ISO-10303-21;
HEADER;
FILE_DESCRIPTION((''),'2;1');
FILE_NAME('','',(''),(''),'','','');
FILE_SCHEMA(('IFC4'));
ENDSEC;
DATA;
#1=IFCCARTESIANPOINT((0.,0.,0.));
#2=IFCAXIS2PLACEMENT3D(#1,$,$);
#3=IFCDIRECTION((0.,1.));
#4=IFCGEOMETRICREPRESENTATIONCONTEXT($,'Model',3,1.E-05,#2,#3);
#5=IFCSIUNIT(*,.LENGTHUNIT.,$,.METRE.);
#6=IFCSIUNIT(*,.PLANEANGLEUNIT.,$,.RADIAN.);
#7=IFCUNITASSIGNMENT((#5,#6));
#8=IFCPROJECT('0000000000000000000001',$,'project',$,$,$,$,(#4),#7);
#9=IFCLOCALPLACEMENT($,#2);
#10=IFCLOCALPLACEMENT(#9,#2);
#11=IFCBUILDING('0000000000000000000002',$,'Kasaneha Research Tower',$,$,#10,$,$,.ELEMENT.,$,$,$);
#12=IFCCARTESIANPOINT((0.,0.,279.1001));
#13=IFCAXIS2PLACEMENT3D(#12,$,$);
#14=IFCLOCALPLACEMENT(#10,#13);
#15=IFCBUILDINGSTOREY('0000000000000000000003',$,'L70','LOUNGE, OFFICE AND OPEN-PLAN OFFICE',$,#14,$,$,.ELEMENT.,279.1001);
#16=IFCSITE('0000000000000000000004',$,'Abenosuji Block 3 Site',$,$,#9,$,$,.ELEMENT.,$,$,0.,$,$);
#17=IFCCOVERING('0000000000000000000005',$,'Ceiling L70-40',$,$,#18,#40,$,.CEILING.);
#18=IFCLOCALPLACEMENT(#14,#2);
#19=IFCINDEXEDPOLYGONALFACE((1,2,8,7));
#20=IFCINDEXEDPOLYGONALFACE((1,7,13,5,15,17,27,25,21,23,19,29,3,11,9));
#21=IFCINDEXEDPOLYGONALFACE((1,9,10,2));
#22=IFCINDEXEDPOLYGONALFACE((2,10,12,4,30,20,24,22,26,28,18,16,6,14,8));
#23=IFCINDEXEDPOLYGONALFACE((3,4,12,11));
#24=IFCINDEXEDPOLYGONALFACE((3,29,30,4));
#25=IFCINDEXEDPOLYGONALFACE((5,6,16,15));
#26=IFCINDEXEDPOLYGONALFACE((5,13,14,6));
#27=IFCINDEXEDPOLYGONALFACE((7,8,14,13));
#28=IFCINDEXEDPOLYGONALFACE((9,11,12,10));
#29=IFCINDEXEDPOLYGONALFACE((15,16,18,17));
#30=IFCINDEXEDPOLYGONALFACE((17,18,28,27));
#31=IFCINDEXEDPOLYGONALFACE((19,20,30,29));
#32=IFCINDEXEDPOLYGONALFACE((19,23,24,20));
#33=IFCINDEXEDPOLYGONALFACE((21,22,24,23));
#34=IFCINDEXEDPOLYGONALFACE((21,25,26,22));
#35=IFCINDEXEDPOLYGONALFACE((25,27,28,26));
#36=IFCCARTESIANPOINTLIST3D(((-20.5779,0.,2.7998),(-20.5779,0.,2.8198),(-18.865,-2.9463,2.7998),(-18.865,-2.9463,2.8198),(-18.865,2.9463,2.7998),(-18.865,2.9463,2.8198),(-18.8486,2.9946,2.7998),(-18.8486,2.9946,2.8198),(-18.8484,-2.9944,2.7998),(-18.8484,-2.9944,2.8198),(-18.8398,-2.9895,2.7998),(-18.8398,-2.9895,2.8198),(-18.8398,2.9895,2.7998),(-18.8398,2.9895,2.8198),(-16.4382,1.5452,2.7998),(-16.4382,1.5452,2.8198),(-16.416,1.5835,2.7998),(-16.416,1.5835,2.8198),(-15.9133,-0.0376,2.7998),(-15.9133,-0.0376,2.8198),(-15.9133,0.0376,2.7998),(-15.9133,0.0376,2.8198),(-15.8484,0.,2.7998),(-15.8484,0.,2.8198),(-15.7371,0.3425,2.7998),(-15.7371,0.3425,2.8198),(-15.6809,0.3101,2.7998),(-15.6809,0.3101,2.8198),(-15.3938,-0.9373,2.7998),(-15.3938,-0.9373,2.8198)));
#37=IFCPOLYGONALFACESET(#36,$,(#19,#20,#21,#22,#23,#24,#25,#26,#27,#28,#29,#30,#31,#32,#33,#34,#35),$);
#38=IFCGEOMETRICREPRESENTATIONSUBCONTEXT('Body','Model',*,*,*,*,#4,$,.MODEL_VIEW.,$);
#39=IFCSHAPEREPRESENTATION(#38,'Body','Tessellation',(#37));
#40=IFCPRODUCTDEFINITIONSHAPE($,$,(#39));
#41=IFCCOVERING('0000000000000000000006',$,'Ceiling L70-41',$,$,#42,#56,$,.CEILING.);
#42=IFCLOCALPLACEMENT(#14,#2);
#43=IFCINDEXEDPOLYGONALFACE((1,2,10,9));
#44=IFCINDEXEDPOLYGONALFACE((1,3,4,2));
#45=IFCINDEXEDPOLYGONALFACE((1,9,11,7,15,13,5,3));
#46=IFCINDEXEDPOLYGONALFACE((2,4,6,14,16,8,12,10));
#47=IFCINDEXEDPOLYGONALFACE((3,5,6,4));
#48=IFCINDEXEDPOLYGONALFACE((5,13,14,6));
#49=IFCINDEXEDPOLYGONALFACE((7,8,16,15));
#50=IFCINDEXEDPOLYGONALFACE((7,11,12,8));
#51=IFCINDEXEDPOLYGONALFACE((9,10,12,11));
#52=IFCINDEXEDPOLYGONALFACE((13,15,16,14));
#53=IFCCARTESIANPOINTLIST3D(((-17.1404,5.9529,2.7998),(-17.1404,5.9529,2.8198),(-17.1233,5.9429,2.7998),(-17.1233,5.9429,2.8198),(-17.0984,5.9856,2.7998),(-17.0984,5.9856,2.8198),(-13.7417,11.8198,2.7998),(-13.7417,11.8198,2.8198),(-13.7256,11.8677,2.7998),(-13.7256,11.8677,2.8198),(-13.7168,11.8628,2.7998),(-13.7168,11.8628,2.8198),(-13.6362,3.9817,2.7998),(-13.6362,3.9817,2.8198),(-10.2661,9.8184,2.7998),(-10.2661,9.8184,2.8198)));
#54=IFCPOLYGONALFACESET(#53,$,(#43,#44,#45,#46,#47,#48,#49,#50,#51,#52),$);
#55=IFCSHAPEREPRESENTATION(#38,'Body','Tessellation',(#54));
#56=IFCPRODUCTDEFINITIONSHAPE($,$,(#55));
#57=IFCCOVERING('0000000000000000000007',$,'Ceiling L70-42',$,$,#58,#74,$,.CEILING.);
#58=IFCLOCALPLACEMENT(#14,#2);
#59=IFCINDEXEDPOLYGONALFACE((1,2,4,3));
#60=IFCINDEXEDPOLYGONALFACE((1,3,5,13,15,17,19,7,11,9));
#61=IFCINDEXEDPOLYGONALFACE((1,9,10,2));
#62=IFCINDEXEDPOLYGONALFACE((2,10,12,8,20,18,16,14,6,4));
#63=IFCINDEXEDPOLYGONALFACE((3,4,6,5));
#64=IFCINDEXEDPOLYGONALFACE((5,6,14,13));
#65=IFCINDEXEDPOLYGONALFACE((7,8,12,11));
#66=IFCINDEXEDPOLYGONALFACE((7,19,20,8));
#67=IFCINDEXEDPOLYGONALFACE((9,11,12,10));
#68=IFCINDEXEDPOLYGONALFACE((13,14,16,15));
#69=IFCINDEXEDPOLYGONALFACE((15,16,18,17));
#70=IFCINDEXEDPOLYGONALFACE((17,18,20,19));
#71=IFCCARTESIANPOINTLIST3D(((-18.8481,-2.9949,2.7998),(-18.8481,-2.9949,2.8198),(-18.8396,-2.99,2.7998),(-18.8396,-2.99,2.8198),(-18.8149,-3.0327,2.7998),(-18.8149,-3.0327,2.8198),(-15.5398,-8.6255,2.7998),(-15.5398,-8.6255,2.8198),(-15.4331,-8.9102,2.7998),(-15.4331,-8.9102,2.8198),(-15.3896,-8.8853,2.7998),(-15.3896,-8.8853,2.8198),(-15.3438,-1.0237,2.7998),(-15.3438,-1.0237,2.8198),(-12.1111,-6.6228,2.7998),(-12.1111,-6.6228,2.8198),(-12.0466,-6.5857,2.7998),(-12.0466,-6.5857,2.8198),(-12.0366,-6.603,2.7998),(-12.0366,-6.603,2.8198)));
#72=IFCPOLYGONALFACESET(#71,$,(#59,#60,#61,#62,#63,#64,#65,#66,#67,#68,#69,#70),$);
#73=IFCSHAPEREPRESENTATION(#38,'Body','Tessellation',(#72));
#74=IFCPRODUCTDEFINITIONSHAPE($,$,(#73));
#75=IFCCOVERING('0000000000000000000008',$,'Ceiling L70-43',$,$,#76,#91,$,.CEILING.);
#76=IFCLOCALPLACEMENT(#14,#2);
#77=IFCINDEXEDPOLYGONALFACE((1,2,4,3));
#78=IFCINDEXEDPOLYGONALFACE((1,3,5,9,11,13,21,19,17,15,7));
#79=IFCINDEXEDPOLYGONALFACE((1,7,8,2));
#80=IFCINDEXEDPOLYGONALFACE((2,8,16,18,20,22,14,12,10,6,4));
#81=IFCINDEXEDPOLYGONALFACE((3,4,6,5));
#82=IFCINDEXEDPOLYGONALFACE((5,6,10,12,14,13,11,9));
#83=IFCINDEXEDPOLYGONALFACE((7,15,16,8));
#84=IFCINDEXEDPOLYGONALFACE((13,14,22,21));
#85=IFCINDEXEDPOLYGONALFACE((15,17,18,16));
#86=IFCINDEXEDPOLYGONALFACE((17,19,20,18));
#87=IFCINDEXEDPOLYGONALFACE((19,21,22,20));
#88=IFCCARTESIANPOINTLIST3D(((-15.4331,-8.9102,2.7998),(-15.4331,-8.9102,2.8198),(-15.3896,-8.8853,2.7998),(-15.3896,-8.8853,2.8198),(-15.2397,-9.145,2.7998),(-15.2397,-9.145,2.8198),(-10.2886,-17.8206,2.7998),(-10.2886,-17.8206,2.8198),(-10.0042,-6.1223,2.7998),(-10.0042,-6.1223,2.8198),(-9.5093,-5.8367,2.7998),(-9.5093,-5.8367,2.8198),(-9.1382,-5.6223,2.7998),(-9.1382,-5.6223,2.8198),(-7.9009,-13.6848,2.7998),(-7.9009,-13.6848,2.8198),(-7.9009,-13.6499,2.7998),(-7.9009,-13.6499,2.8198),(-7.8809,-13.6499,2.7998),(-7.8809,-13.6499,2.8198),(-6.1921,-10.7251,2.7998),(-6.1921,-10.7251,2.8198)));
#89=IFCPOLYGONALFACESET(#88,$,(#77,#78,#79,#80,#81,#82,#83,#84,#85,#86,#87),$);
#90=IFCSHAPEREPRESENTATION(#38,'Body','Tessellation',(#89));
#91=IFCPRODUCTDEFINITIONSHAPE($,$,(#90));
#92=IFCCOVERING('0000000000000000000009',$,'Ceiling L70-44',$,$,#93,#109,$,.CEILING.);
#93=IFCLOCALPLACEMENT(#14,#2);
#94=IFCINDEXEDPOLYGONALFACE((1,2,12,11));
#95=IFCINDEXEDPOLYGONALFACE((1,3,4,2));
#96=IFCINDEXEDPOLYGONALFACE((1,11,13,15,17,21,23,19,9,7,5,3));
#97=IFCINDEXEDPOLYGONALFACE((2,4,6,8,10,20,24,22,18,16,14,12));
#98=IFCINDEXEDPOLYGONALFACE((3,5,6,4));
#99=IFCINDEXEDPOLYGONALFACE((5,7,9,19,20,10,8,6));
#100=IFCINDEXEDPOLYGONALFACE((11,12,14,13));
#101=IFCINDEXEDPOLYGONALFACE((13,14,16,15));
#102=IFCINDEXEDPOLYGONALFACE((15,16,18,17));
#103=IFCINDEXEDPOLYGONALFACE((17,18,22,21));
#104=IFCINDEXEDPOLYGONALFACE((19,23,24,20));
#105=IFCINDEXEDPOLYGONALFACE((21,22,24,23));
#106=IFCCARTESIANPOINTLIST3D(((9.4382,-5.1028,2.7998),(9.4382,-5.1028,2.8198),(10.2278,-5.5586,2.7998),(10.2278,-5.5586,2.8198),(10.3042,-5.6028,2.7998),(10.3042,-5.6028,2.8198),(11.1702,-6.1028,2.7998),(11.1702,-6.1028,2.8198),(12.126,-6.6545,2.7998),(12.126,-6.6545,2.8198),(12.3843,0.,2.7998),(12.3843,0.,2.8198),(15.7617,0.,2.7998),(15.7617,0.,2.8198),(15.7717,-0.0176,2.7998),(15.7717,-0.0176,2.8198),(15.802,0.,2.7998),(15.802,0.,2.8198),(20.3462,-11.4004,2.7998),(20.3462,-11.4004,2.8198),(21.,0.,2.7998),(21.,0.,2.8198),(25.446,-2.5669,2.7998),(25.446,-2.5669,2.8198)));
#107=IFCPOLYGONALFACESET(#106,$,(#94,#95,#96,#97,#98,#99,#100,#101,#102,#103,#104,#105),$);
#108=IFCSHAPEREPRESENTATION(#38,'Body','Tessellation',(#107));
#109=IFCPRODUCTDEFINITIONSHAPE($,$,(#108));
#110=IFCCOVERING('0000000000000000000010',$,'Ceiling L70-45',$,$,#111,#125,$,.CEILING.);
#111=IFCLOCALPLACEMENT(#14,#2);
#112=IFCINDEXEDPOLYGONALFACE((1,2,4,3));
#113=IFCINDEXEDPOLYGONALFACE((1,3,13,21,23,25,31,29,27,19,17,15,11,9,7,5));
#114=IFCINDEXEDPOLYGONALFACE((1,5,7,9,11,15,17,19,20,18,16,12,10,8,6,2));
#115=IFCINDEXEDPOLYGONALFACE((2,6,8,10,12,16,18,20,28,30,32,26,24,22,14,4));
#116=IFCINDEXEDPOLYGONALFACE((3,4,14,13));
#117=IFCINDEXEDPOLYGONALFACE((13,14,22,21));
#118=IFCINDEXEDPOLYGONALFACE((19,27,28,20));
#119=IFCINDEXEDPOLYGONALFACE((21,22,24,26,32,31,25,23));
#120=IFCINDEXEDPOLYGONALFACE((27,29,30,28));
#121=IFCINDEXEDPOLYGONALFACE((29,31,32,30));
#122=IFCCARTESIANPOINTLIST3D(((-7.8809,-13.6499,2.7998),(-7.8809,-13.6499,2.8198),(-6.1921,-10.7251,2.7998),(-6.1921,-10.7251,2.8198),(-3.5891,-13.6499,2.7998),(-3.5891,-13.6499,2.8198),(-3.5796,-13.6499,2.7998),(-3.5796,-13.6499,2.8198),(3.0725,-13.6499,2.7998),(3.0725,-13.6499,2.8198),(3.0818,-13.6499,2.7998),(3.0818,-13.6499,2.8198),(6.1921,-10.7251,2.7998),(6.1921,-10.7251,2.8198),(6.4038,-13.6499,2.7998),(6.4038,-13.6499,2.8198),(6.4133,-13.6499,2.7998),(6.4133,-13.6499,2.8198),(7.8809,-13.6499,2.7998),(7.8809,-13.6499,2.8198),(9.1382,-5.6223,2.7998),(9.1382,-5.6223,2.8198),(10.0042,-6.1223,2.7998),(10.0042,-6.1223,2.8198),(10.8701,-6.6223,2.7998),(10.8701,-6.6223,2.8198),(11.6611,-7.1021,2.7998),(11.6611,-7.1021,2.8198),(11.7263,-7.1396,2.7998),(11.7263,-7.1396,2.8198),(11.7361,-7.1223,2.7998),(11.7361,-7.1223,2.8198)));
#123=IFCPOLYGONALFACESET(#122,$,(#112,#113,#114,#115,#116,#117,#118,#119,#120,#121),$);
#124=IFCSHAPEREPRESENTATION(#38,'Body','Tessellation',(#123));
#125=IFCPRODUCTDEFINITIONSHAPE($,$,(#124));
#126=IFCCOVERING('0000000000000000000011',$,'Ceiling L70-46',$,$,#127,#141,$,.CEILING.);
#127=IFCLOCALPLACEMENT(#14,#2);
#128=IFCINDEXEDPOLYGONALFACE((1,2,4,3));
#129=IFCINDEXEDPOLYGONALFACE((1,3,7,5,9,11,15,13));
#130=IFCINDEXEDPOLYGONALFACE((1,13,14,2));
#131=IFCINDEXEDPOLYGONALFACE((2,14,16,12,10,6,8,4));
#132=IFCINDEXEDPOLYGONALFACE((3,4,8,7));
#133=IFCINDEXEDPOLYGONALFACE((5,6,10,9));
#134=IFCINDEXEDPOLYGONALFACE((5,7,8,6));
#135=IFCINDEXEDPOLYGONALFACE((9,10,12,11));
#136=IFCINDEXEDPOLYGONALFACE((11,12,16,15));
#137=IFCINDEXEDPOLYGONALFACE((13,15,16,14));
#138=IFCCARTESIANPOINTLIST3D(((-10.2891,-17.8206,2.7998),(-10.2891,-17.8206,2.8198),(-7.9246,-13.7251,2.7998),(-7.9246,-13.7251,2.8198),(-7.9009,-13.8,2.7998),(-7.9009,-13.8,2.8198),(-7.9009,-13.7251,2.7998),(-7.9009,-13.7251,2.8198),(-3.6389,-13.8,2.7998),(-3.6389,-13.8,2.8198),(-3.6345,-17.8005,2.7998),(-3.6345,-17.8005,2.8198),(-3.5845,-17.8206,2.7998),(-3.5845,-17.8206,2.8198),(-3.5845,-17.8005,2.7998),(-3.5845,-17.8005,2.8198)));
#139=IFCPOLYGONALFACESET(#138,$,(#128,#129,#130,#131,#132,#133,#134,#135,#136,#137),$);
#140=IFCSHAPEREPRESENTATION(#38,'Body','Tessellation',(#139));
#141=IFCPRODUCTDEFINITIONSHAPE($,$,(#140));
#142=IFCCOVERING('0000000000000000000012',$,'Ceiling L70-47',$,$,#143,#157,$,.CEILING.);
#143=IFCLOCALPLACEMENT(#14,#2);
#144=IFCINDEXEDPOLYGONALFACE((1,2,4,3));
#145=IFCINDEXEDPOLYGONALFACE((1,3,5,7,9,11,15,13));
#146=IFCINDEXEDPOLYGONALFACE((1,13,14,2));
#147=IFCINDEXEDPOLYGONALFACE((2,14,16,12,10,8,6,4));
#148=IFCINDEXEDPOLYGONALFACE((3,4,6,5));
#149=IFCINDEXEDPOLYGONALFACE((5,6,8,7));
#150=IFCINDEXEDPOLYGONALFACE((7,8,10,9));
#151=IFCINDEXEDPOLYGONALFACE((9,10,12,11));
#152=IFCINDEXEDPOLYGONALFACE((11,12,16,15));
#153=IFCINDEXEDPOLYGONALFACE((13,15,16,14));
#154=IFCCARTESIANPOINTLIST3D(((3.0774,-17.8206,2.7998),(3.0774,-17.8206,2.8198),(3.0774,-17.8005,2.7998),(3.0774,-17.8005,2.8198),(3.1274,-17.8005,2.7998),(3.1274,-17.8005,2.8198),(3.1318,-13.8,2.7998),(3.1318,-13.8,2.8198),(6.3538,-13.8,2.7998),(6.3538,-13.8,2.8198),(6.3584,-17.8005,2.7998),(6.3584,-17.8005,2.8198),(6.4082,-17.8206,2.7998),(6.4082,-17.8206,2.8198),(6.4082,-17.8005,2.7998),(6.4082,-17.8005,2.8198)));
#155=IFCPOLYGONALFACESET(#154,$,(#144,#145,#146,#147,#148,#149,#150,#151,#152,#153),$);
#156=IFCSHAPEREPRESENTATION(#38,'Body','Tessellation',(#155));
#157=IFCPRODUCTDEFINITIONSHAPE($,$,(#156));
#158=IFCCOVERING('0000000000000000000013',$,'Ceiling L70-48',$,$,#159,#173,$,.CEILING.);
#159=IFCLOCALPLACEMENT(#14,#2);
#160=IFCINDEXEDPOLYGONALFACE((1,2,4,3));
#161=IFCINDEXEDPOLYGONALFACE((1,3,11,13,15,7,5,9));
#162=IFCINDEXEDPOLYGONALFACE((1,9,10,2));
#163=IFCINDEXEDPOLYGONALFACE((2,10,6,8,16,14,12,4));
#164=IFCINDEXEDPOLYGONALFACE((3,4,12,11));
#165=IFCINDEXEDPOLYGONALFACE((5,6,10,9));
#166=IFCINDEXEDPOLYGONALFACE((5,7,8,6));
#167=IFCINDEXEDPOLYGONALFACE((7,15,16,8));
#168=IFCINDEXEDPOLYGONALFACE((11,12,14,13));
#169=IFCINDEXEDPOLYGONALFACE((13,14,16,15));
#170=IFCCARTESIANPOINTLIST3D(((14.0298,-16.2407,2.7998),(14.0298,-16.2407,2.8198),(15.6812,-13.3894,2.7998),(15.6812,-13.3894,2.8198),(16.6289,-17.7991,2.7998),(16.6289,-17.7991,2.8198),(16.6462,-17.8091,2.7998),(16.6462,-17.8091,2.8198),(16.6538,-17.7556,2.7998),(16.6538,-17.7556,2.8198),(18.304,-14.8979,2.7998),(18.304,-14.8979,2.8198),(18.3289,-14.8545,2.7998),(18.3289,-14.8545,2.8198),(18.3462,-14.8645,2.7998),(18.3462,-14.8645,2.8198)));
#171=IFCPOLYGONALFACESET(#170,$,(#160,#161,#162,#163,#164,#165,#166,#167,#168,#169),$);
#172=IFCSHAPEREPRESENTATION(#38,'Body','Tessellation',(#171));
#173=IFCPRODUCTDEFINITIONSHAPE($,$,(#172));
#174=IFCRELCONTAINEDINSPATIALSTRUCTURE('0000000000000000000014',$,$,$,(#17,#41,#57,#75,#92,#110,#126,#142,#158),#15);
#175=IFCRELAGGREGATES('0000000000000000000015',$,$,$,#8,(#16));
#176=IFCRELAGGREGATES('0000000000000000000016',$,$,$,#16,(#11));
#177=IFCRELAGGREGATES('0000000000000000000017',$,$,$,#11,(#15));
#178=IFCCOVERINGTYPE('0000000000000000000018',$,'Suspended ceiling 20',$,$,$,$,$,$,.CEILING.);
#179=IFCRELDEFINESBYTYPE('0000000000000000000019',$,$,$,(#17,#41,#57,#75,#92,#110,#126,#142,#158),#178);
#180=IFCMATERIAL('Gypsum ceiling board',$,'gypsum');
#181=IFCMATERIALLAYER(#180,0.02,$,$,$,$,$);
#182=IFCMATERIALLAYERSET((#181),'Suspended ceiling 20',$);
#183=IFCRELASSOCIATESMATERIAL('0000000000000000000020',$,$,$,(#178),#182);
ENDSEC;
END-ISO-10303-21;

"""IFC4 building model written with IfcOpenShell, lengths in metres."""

from ifc_helpers import new_model, si_unit, direction, frame, origin, place, context, subcontext, project, spatial, polyline, outline, extrude, material, layer, layer_set, type_object, element, save


model = new_model("IFC4")

# Units and contexts
model_context = context("Model", 3, precision=1e-05, world=origin(), true_north=direction((0.0, 1.0)))
body_context = subcontext(model_context, "Body", "Model", "MODEL_VIEW")
ifc_project = project(units=[si_unit("LENGTHUNIT", "METRE"), si_unit("PLANEANGLEUNIT", "RADIAN")], contexts=[model_context])

# Site, building, storey
site_placement = place(None, origin())
site = spatial("IfcSite", under=ifc_project, at=site_placement, Name="Abenosuji Block 3 Site", CompositionType="ELEMENT", RefElevation=0.0)
building_placement = place(site_placement, origin())
building = spatial("IfcBuilding", under=site, at=building_placement, Name="Kasaneha Research Tower", CompositionType="ELEMENT")
storey_placement = place(building_placement, frame((0.0, 0.0, 279.1001)))
storey = spatial("IfcBuildingStorey", under=building, at=storey_placement, Name="L70", Description="LOUNGE, OFFICE AND OPEN-PLAN OFFICE", CompositionType="ELEMENT", Elevation=279.1001)

# Coverings
ifc_material_1 = material(Name="Gypsum ceiling board", Category="gypsum")
ifc_layer_1 = layer(ifc_material_1, 0.02)
ifc_layer_set_1 = layer_set([ifc_layer_1], Name="Suspended ceiling 20")
covering_type_1 = type_object("IfcCoveringType", Name="Suspended ceiling 20", PredefinedType="CEILING", material=ifc_layer_set_1)
covering_1_placement = place(storey_placement, frame((0.0, 0.0, 2.7998)))
element("IfcCovering", 1, at=covering_1_placement, inside=storey, type_object=covering_type_1, Name="Ceiling L70-40", PredefinedType="CEILING", context=body_context, shape_type="SweptSolid", body=[
    extrude(outline(polyline([(-18.8484, -2.9944), (-20.5779, 0.0), (-18.8486, 2.9946), (-18.8398, 2.9895), (-18.865, 2.9463), (-16.4382, 1.5452), (-16.416, 1.5835), (-15.6809, 0.3101), (-15.7371, 0.3425), (-15.9133, 0.0376), (-15.8484, 0.0), (-15.9133, -0.0376), (-15.3938, -0.9373), (-18.865, -2.9463), (-18.8398, -2.9895), (-18.8484, -2.9944)])), origin(), (0.0, 0.0, 1.0), 0.02),
])
covering_2_placement = place(storey_placement, frame((0.0, 0.0, 2.7998)))
element("IfcCovering", 2, at=covering_2_placement, inside=storey, type_object=covering_type_1, Name="Ceiling L70-41", PredefinedType="CEILING", context=body_context, shape_type="SweptSolid", body=[
    extrude(outline(polyline([(-17.1404, 5.9529), (-13.7256, 11.8677), (-13.7168, 11.8628), (-13.7417, 11.8198), (-10.2661, 9.8184), (-13.6362, 3.9817), (-17.0984, 5.9856), (-17.1233, 5.9429), (-17.1404, 5.9529)])), origin(), (0.0, 0.0, 1.0), 0.02),
])
covering_3_placement = place(storey_placement, frame((0.0, 0.0, 2.7998)))
element("IfcCovering", 3, at=covering_3_placement, inside=storey, type_object=covering_type_1, Name="Ceiling L70-42", PredefinedType="CEILING", context=body_context, shape_type="SweptSolid", body=[
    extrude(outline(polyline([(-15.5398, -8.6255), (-15.3896, -8.8853), (-15.4331, -8.9102), (-18.8481, -2.9949), (-18.8396, -2.99), (-18.8149, -3.0327), (-15.3438, -1.0237), (-12.1111, -6.6228), (-12.0466, -6.5857), (-12.0366, -6.603), (-15.5398, -8.6255), (-15.5398, -8.6255), (-15.5398, -8.6255)])), origin(), (0.0, 0.0, 1.0), 0.02),
])
covering_4_placement = place(storey_placement, frame((0.0, 0.0, 2.7998)))
element("IfcCovering", 4, at=covering_4_placement, inside=storey, type_object=covering_type_1, Name="Ceiling L70-43", PredefinedType="CEILING", context=body_context, shape_type="SweptSolid", body=[
    extrude(outline(polyline([(-10.0042, -6.1223), (-10.0042, -6.1223), (-9.5093, -5.8367), (-9.1382, -5.6223), (-6.1921, -10.7251), (-7.8809, -13.6499), (-7.9009, -13.6499), (-7.9009, -13.6848), (-10.2886, -17.8206), (-15.4331, -8.9102), (-15.3896, -8.8853), (-15.2397, -9.145), (-10.0042, -6.1223)])), origin(), (0.0, 0.0, 1.0), 0.02),
])
covering_5_placement = place(storey_placement, frame((0.0, 0.0, 2.7998)))
element("IfcCovering", 5, at=covering_5_placement, inside=storey, type_object=covering_type_1, Name="Ceiling L70-44", PredefinedType="CEILING", context=body_context, shape_type="SweptSolid", body=[
    extrude(outline(polyline([(11.1702, -6.1028), (10.3042, -5.6028), (10.2278, -5.5586), (9.4382, -5.1028), (12.3843, 0.0), (15.7617, 0.0), (15.7717, -0.0176), (15.802, 0.0), (21.0, 0.0), (25.446, -2.5669), (20.3462, -11.4004), (12.126, -6.6545), (11.1702, -6.1028)])), origin(), (0.0, 0.0, 1.0), 0.02),
])
covering_6_placement = place(storey_placement, frame((0.0, 0.0, 2.7998)))
element("IfcCovering", 6, at=covering_6_placement, inside=storey, type_object=covering_type_1, Name="Ceiling L70-45", PredefinedType="CEILING", context=body_context, shape_type="SweptSolid", body=[
    extrude(outline(polyline([(-6.1921, -10.7251), (6.1921, -10.7251), (9.1382, -5.6223), (10.0042, -6.1223), (10.0042, -6.1223), (10.8701, -6.6223), (10.8701, -6.6223), (11.7361, -7.1223), (11.7263, -7.1396), (11.6611, -7.1021), (7.8809, -13.6499), (6.4133, -13.6499), (6.4038, -13.6499), (3.0818, -13.6499), (3.0725, -13.6499), (-3.5796, -13.6499), (-3.5891, -13.6499), (-7.8809, -13.6499), (-6.1921, -10.7251)])), origin(), (0.0, 0.0, 1.0), 0.02),
])
covering_7_placement = place(storey_placement, frame((0.0, 0.0, 2.7998)))
element("IfcCovering", 7, at=covering_7_placement, inside=storey, type_object=covering_type_1, Name="Ceiling L70-46", PredefinedType="CEILING", context=body_context, shape_type="SweptSolid", body=[
    extrude(outline(polyline([(-7.9246, -13.7251), (-7.9009, -13.7251), (-7.9009, -13.8), (-3.6389, -13.8), (-3.6345, -17.8005), (-3.5845, -17.8005), (-3.5845, -17.8206), (-10.2891, -17.8206), (-7.9246, -13.7251)])), origin(), (0.0, 0.0, 1.0), 0.02),
])
covering_8_placement = place(storey_placement, frame((0.0, 0.0, 2.7998)))
element("IfcCovering", 8, at=covering_8_placement, inside=storey, type_object=covering_type_1, Name="Ceiling L70-47", PredefinedType="CEILING", context=body_context, shape_type="SweptSolid", body=[
    extrude(outline(polyline([(3.0774, -17.8005), (3.1274, -17.8005), (3.1318, -13.8), (6.3538, -13.8), (6.3584, -17.8005), (6.4082, -17.8005), (6.4082, -17.8206), (3.0774, -17.8206), (3.0774, -17.8005)])), origin(), (0.0, 0.0, 1.0), 0.02),
])
covering_9_placement = place(storey_placement, frame((0.0, 0.0, 2.7998)))
element("IfcCovering", 9, at=covering_9_placement, inside=storey, type_object=covering_type_1, Name="Ceiling L70-48", PredefinedType="CEILING", context=body_context, shape_type="SweptSolid", body=[
    extrude(outline(polyline([(16.6462, -17.8091), (16.6289, -17.7991), (16.6538, -17.7556), (14.0298, -16.2407), (15.6812, -13.3894), (18.304, -14.8979), (18.3289, -14.8545), (18.3462, -14.8645), (16.6462, -17.8091)])), origin(), (0.0, 0.0, 1.0), 0.02),
])

save(model, "model.ifc")
